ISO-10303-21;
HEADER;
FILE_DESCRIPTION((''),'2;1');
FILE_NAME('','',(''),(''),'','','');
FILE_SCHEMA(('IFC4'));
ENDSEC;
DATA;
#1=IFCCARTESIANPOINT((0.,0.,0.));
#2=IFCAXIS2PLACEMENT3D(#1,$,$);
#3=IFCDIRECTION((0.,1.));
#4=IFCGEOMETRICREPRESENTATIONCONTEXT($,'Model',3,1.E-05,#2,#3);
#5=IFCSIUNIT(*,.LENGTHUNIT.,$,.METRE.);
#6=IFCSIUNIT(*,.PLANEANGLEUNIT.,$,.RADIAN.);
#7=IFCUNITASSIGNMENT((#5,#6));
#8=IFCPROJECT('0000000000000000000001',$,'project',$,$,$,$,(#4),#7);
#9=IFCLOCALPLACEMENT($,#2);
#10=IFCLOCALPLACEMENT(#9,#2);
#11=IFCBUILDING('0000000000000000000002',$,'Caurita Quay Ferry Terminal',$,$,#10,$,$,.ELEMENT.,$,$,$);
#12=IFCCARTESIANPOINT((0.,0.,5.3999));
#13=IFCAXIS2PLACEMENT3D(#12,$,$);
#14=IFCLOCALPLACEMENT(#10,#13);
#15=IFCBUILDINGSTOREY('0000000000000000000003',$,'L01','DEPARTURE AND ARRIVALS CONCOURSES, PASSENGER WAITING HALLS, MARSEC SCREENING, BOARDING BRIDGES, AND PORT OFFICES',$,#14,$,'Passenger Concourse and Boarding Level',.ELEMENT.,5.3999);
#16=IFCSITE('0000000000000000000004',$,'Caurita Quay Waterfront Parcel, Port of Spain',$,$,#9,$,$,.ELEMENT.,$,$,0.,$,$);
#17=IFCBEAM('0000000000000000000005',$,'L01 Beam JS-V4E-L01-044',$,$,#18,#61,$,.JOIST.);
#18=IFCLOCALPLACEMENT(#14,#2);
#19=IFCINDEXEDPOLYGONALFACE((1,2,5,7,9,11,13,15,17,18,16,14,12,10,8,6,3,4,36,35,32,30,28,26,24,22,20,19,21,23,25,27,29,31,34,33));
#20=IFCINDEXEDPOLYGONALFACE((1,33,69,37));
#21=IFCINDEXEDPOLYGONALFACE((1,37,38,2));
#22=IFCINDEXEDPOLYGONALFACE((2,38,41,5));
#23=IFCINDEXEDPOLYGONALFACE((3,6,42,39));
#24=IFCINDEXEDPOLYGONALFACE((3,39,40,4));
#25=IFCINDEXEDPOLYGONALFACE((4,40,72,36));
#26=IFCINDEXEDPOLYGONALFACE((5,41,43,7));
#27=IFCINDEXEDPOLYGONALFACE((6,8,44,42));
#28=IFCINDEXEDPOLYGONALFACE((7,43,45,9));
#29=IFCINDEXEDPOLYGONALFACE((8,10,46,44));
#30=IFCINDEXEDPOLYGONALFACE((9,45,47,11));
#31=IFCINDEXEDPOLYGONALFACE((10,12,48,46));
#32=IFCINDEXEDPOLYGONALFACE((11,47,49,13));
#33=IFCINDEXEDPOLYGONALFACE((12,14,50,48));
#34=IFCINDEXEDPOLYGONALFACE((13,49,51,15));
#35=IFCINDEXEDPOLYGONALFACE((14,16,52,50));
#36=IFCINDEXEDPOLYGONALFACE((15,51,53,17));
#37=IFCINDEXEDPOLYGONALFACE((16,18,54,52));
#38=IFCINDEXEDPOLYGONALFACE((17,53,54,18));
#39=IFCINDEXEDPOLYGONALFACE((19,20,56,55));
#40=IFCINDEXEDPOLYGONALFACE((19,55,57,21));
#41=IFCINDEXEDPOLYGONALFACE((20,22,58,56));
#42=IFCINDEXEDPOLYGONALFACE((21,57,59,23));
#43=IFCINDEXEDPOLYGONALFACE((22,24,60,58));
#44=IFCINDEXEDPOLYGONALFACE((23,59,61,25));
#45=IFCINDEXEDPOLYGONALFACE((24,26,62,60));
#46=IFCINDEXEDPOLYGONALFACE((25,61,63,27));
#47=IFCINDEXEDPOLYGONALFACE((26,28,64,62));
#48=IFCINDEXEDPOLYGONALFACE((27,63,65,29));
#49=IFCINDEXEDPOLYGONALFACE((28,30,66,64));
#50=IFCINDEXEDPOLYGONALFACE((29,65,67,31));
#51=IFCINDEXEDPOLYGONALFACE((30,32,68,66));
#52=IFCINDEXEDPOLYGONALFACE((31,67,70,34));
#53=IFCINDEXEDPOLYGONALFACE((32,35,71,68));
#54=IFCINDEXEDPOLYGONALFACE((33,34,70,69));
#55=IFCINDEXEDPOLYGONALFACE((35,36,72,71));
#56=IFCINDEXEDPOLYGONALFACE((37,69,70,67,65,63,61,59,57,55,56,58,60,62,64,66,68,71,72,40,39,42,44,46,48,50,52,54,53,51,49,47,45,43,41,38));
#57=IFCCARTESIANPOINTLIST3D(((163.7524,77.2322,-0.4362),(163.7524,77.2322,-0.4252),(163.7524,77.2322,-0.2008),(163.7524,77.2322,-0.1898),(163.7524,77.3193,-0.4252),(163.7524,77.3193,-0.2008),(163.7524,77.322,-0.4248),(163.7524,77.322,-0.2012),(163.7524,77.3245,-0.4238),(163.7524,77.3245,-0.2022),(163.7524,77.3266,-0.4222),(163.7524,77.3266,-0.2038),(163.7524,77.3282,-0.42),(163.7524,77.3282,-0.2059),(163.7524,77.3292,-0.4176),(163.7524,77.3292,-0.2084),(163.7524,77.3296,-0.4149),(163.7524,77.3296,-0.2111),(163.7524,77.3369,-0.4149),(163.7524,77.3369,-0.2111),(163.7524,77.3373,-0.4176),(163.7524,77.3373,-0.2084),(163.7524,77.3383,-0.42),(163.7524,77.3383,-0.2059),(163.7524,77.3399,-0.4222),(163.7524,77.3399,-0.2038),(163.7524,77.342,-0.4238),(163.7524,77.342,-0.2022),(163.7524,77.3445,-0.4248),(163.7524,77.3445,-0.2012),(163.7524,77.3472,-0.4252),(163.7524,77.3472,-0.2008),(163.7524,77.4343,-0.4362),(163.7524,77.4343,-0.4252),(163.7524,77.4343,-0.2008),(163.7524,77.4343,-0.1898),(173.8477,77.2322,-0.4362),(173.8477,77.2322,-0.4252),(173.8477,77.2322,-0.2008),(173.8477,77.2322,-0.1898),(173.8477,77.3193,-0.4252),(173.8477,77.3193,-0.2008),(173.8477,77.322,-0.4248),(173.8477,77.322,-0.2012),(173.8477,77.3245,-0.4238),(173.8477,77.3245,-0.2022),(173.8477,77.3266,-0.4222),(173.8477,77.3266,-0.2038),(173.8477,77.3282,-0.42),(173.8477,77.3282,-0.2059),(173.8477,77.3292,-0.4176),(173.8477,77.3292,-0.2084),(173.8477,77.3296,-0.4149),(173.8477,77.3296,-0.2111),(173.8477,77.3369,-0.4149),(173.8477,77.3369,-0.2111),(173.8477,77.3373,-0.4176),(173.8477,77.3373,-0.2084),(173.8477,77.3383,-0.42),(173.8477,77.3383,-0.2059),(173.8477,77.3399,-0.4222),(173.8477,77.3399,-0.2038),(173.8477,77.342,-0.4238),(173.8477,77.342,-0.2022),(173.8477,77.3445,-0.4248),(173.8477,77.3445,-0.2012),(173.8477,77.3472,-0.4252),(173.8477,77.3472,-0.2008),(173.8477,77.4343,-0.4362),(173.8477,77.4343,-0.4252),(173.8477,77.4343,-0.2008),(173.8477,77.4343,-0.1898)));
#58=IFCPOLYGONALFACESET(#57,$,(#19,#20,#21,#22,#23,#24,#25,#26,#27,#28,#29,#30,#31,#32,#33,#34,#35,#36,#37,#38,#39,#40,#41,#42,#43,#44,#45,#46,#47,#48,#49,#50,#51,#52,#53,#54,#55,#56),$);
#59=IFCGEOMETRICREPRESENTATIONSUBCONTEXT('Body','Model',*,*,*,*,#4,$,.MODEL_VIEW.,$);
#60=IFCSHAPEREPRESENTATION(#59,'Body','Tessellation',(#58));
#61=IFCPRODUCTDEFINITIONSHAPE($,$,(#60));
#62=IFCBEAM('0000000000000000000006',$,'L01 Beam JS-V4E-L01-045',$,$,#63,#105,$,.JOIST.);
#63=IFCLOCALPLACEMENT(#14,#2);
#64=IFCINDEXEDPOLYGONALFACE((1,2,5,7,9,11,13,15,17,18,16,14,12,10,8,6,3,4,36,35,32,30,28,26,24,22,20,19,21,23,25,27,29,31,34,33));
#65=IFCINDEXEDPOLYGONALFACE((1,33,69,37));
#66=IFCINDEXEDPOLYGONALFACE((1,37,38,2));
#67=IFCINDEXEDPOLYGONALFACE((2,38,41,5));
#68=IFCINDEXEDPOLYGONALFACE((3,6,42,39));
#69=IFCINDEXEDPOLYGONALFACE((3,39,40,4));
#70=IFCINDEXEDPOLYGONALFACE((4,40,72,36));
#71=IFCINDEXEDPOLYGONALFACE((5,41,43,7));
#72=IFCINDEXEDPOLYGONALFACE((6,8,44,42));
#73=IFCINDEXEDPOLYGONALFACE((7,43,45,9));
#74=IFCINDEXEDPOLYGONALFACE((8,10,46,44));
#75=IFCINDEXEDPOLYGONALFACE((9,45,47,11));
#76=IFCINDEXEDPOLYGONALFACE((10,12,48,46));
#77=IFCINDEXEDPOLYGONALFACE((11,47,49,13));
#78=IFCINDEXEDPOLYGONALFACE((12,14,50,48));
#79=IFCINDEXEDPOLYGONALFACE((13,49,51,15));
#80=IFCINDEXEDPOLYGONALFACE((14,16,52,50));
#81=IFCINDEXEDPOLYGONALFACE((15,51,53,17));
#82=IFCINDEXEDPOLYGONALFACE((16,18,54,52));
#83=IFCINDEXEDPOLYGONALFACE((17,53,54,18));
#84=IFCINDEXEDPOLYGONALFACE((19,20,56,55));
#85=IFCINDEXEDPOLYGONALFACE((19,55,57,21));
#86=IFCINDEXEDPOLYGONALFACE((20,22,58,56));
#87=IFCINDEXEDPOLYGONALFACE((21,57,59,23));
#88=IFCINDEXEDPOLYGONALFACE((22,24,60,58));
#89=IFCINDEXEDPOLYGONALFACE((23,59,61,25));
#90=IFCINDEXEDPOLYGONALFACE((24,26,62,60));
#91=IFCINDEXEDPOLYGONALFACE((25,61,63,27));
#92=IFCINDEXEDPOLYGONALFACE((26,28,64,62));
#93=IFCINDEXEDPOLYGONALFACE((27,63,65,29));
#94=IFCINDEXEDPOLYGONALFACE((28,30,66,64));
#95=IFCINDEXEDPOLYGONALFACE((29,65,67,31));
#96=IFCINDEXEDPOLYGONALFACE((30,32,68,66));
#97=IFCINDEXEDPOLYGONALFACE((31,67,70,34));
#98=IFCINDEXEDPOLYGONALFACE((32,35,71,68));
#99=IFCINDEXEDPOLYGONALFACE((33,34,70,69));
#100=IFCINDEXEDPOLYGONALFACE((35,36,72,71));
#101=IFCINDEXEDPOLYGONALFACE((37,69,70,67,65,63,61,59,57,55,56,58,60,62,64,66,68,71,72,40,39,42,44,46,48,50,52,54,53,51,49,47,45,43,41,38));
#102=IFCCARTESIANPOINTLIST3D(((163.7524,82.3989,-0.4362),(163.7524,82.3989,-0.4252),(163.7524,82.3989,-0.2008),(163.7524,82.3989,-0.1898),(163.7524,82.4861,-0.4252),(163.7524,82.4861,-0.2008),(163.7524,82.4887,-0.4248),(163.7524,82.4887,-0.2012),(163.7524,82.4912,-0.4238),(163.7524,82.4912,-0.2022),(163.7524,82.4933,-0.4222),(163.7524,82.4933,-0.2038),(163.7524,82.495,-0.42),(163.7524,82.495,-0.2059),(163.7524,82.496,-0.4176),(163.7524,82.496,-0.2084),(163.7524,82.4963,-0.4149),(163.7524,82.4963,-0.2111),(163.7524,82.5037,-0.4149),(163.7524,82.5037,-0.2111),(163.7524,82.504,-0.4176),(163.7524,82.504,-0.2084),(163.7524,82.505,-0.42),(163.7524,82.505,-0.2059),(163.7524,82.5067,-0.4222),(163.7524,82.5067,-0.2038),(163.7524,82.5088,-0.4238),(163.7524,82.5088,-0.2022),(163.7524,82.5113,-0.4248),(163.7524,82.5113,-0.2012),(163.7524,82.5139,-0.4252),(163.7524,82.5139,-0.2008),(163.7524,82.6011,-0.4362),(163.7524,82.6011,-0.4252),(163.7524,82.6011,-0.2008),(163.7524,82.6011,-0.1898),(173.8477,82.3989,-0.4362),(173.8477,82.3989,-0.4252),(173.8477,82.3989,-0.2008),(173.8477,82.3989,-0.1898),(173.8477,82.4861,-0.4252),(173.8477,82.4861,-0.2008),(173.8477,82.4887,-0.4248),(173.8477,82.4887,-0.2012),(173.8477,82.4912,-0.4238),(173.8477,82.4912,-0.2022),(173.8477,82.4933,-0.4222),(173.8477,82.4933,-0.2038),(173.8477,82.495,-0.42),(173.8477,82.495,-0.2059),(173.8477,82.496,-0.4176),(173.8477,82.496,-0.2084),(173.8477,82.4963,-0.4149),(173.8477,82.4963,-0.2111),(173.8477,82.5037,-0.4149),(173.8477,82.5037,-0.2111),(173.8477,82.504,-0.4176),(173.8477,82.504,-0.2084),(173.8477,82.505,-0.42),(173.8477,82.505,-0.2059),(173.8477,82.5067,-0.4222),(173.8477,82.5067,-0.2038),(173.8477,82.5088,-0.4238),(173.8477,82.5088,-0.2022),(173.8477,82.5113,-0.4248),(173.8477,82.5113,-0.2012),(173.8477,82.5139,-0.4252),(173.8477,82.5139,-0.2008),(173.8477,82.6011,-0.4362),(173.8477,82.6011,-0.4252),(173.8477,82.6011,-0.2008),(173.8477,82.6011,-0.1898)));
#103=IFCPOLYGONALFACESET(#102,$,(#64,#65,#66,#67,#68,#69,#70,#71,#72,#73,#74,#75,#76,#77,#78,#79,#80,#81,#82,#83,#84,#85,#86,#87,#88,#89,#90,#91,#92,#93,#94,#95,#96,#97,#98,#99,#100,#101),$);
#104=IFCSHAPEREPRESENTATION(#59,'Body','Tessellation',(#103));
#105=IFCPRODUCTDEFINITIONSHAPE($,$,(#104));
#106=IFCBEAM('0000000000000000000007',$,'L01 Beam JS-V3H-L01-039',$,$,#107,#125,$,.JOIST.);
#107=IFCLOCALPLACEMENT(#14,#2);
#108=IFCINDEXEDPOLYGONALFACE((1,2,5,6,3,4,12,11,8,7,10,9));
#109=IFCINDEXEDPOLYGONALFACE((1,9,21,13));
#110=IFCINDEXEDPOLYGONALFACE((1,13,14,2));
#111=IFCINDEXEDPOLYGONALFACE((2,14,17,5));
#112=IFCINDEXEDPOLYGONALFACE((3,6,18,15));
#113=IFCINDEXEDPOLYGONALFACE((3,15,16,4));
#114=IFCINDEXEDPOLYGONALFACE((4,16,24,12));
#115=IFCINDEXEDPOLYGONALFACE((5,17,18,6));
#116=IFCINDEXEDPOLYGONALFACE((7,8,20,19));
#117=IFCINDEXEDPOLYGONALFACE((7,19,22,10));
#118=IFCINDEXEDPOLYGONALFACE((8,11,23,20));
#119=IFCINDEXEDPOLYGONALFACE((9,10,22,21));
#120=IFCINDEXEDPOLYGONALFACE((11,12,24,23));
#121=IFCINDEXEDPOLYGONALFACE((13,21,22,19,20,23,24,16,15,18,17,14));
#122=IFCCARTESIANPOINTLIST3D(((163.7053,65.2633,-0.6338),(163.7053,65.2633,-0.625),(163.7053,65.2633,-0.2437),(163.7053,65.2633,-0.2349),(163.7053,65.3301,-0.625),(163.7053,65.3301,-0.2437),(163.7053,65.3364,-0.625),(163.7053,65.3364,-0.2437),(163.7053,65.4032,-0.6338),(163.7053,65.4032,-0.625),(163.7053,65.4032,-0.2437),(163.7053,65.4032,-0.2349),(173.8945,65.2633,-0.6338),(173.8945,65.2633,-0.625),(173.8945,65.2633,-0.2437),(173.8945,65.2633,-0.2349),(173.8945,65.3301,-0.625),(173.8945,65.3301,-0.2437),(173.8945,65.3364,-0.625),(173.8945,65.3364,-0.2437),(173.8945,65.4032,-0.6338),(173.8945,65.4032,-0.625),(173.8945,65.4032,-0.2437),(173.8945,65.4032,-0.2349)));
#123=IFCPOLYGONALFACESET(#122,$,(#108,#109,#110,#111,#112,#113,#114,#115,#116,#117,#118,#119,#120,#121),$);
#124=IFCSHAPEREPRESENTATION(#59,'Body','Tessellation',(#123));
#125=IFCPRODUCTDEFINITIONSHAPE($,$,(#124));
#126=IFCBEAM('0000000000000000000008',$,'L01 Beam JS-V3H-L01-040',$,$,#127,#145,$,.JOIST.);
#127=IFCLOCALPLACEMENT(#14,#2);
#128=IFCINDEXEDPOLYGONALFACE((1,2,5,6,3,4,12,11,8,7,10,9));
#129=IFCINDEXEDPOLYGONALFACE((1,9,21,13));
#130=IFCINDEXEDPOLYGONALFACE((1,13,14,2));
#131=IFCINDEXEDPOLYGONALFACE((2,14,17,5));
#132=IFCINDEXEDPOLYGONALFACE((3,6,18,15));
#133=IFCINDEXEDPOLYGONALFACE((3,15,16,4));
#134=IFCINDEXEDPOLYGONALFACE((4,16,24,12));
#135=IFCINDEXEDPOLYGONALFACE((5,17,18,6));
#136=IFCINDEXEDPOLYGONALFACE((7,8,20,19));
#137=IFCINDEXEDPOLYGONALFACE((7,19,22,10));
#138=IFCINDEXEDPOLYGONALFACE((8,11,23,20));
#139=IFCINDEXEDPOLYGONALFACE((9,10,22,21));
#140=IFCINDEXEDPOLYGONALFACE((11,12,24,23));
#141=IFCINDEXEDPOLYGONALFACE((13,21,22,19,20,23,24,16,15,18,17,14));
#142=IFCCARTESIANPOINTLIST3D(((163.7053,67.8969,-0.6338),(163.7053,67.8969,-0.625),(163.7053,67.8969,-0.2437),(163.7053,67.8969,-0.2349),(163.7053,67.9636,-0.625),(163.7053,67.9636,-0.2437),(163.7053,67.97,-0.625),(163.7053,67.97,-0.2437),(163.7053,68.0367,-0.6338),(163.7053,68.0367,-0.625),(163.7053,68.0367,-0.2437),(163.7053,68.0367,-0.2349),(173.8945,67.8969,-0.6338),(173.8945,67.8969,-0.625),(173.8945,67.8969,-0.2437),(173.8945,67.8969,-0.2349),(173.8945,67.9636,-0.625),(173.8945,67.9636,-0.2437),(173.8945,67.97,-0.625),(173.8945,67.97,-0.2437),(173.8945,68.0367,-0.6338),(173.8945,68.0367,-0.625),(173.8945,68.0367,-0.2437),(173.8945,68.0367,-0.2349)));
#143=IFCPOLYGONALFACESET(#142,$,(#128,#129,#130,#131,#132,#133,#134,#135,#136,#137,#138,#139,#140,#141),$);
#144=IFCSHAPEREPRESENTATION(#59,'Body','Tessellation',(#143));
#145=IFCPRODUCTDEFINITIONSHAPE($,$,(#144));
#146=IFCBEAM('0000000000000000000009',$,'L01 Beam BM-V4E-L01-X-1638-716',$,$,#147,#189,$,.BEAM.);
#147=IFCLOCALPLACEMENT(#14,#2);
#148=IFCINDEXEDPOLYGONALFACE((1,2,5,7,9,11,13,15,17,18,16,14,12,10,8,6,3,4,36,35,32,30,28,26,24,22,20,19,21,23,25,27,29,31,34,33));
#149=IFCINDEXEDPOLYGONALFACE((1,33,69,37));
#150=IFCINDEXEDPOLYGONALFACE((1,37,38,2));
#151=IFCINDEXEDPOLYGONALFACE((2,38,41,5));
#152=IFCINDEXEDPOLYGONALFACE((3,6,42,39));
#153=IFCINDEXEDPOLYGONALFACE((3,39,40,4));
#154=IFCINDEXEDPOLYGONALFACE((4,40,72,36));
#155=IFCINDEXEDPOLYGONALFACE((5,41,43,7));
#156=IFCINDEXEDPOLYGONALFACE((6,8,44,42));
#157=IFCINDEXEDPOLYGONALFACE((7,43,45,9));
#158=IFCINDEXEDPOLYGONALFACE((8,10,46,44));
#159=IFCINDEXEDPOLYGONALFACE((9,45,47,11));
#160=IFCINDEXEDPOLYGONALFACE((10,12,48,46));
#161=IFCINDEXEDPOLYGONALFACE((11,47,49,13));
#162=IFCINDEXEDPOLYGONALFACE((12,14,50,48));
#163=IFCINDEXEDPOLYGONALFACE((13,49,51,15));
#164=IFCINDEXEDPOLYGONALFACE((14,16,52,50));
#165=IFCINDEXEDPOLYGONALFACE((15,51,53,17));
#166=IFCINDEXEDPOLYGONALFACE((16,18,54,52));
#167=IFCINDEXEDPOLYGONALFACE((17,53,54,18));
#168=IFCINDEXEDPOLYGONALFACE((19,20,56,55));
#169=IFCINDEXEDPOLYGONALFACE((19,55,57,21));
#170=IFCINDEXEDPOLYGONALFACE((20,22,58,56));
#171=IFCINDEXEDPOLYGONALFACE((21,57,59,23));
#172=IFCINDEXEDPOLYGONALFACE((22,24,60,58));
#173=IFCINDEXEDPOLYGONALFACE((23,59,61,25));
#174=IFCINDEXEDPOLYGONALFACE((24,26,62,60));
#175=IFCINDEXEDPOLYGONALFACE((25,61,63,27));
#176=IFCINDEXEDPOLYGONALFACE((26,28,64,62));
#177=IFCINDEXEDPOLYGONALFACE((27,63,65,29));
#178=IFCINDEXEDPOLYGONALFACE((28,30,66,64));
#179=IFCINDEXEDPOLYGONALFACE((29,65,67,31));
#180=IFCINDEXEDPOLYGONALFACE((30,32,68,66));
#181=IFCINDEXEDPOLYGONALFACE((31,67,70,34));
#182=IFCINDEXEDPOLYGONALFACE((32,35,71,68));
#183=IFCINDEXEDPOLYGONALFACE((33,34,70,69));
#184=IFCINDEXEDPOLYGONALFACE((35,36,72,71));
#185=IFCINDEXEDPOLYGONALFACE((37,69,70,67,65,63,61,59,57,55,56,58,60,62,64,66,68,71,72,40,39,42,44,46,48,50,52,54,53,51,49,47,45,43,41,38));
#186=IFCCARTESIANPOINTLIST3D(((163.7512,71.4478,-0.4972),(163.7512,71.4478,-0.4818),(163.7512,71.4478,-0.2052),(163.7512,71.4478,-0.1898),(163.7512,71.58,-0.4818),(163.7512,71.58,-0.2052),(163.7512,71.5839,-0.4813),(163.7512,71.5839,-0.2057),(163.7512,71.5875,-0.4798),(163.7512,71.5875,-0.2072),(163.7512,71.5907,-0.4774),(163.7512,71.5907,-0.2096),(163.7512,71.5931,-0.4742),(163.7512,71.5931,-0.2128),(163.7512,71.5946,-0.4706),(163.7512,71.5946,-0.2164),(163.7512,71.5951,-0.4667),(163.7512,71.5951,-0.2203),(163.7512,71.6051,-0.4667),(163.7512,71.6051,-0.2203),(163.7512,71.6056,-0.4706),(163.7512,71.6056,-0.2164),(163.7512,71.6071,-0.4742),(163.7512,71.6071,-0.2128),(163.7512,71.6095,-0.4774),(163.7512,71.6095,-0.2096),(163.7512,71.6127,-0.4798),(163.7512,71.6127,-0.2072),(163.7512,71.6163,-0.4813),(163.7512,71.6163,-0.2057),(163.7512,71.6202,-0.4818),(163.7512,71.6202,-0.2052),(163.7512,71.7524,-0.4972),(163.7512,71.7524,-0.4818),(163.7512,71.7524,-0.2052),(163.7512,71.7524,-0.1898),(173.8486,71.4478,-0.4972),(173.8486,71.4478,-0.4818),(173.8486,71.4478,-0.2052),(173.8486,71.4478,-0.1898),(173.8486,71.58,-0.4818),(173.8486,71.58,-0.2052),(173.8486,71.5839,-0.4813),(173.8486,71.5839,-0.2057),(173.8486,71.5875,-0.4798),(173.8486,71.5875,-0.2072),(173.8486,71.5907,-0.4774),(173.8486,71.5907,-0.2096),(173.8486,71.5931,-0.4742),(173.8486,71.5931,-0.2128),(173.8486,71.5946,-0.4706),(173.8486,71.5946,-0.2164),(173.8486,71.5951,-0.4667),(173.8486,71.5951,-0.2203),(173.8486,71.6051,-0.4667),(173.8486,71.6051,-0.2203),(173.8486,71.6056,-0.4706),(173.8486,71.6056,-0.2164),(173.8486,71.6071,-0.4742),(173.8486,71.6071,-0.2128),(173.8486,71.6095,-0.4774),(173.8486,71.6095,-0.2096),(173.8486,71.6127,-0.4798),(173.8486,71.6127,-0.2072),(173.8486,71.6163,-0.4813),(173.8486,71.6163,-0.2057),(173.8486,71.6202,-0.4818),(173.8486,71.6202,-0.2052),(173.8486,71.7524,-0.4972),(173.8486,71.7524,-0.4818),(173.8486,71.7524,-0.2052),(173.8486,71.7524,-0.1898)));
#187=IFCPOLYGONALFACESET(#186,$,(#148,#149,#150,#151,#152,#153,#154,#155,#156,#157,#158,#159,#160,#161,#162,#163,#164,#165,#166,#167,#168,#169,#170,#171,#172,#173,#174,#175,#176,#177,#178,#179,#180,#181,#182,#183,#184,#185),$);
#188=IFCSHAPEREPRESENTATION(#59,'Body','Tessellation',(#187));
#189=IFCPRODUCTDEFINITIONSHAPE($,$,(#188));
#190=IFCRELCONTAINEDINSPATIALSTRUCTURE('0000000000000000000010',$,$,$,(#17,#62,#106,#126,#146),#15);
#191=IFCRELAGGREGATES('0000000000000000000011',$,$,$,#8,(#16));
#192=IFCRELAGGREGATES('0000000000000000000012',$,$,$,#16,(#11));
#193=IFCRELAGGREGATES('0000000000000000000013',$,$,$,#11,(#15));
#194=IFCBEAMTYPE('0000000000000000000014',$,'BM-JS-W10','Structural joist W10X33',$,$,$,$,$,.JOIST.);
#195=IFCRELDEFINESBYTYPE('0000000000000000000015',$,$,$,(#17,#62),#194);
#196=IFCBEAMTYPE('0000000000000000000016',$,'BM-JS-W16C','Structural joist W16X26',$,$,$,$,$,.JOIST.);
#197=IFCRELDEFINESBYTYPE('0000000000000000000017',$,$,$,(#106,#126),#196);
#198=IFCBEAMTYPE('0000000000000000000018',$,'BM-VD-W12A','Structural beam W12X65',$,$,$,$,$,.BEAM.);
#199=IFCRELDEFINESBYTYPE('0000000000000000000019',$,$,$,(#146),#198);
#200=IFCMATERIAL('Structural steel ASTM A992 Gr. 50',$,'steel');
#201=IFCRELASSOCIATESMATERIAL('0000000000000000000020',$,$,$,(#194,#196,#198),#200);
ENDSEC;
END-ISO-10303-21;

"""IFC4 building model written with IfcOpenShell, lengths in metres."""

from ifc_helpers import new_model, si_unit, direction, frame, origin, origin_2d, place, context, subcontext, project, spatial, i_section, extrude, material, material_profile, profile_set, type_object, element, save


model = new_model("IFC4")

# Units and contexts
model_context = context("Model", 3, precision=1e-05, world=origin(), true_north=direction((0.0, 1.0)))
body_context = subcontext(model_context, "Body", "Model", "MODEL_VIEW")
ifc_project = project(units=[si_unit("LENGTHUNIT", "METRE"), si_unit("PLANEANGLEUNIT", "RADIAN")], contexts=[model_context])

# Site, building, storey
site_placement = place(None, origin())
site = spatial("IfcSite", under=ifc_project, at=site_placement, Name="Caurita Quay Waterfront Parcel, Port of Spain", CompositionType="ELEMENT", RefElevation=0.0)
building_placement = place(site_placement, origin())
building = spatial("IfcBuilding", under=site, at=building_placement, Name="Caurita Quay Ferry Terminal", CompositionType="ELEMENT")
storey_placement = place(building_placement, frame((0.0, 0.0, 5.3999)))
storey = spatial("IfcBuildingStorey", under=building, at=storey_placement, Name="L01", Description="DEPARTURE AND ARRIVALS CONCOURSES, PASSENGER WAITING HALLS, MARSEC SCREENING, BOARDING BRIDGES, AND PORT OFFICES", LongName="Passenger Concourse and Boarding Level", CompositionType="ELEMENT", Elevation=5.3999)

# Shared definitions
ifc_material_1 = material(Name="Structural steel ASTM A992 Gr. 50", Category="steel")

# Beams
ifc_material_profile_1 = material_profile(ifc_material_1, i_section(OverallWidth=0.2021, OverallDepth=0.2463, WebThickness=0.0073, FlangeThickness=0.011, FilletRadius=0.0103, at=origin_2d()), Name="W10X33")
ifc_profile_set_1 = profile_set([ifc_material_profile_1], Name="Structural steel ASTM A992 Gr. 50")
beam_type_1 = type_object("IfcBeamType", Name="BM-JS-W10", Description="Structural joist W10X33", PredefinedType="JOIST", material=ifc_profile_set_1)
for number, where, z_axis, x_axis, name in (
    (1, (163.7524, 77.3333, -0.313), (1.0, 0.0, 0.0), (0.0, 1.0, 0.0), "L01 Beam JS-V4E-L01-044"),
    (2, (163.7524, 82.5, -0.313), (1.0, 0.0, 0.0), (0.0, 1.0, 0.0), "L01 Beam JS-V4E-L01-045"),
):
    element("IfcBeam", number, at=place(storey_placement, frame(where, z_axis=z_axis, x_axis=x_axis)), inside=storey, type_object=beam_type_1, Name=name, PredefinedType="JOIST", context=body_context, shape_type="SweptSolid", body=[
        extrude(i_section(OverallWidth=0.2021, OverallDepth=0.2463, WebThickness=0.0073, FlangeThickness=0.011, FilletRadius=0.0103, at=origin_2d()), origin(), (0.0, 0.0, 1.0), 10.0952),
    ])
ifc_material_profile_2 = material_profile(ifc_material_1, i_section(OverallWidth=0.1399, OverallDepth=0.3989, WebThickness=0.0063, FlangeThickness=0.0088, at=origin_2d()), Name="W16X26")
ifc_profile_set_2 = profile_set([ifc_material_profile_2], Name="Structural steel ASTM A992 Gr. 50")
beam_type_2 = type_object("IfcBeamType", Name="BM-JS-W16C", Description="Structural joist W16X26", PredefinedType="JOIST", material=ifc_profile_set_2)
for number, where, z_axis, x_axis, name in (
    (3, (163.7053, 65.3333, -0.4343), (1.0, 0.0, 0.0), (0.0, 1.0, 0.0), "L01 Beam JS-V3H-L01-039"),
    (4, (163.7053, 67.9668, -0.4343), (1.0, 0.0, 0.0), (0.0, 1.0, 0.0), "L01 Beam JS-V3H-L01-040"),
):
    element("IfcBeam", number, at=place(storey_placement, frame(where, z_axis=z_axis, x_axis=x_axis)), inside=storey, type_object=beam_type_2, Name=name, PredefinedType="JOIST", context=body_context, shape_type="SweptSolid", body=[
        extrude(i_section(OverallWidth=0.1399, OverallDepth=0.3989, WebThickness=0.0063, FlangeThickness=0.0088, at=origin_2d()), origin(), (0.0, 0.0, 1.0), 10.1892),
    ])
ifc_material_profile_3 = material_profile(ifc_material_1, i_section(OverallWidth=0.3047, OverallDepth=0.3074, WebThickness=0.01, FlangeThickness=0.0154, FilletRadius=0.0151, at=origin_2d()), Name="W12X65")
ifc_profile_set_3 = profile_set([ifc_material_profile_3], Name="Structural steel ASTM A992 Gr. 50")
beam_type_3 = type_object("IfcBeamType", Name="BM-VD-W12A", Description="Structural beam W12X65", PredefinedType="BEAM", material=ifc_profile_set_3)
for number, where, z_axis, x_axis, name in (
    (5, (163.7512, 71.6001, -0.3435), (1.0, 0.0, 0.0), (0.0, 1.0, 0.0), "L01 Beam BM-V4E-L01-X-1638-716"),
):
    element("IfcBeam", number, at=place(storey_placement, frame(where, z_axis=z_axis, x_axis=x_axis)), inside=storey, type_object=beam_type_3, Name=name, PredefinedType="BEAM", context=body_context, shape_type="SweptSolid", body=[
        extrude(i_section(OverallWidth=0.3047, OverallDepth=0.3074, WebThickness=0.01, FlangeThickness=0.0154, FilletRadius=0.0151, at=origin_2d()), origin(), (0.0, 0.0, 1.0), 10.0974),
    ])

save(model, "model.ifc")
